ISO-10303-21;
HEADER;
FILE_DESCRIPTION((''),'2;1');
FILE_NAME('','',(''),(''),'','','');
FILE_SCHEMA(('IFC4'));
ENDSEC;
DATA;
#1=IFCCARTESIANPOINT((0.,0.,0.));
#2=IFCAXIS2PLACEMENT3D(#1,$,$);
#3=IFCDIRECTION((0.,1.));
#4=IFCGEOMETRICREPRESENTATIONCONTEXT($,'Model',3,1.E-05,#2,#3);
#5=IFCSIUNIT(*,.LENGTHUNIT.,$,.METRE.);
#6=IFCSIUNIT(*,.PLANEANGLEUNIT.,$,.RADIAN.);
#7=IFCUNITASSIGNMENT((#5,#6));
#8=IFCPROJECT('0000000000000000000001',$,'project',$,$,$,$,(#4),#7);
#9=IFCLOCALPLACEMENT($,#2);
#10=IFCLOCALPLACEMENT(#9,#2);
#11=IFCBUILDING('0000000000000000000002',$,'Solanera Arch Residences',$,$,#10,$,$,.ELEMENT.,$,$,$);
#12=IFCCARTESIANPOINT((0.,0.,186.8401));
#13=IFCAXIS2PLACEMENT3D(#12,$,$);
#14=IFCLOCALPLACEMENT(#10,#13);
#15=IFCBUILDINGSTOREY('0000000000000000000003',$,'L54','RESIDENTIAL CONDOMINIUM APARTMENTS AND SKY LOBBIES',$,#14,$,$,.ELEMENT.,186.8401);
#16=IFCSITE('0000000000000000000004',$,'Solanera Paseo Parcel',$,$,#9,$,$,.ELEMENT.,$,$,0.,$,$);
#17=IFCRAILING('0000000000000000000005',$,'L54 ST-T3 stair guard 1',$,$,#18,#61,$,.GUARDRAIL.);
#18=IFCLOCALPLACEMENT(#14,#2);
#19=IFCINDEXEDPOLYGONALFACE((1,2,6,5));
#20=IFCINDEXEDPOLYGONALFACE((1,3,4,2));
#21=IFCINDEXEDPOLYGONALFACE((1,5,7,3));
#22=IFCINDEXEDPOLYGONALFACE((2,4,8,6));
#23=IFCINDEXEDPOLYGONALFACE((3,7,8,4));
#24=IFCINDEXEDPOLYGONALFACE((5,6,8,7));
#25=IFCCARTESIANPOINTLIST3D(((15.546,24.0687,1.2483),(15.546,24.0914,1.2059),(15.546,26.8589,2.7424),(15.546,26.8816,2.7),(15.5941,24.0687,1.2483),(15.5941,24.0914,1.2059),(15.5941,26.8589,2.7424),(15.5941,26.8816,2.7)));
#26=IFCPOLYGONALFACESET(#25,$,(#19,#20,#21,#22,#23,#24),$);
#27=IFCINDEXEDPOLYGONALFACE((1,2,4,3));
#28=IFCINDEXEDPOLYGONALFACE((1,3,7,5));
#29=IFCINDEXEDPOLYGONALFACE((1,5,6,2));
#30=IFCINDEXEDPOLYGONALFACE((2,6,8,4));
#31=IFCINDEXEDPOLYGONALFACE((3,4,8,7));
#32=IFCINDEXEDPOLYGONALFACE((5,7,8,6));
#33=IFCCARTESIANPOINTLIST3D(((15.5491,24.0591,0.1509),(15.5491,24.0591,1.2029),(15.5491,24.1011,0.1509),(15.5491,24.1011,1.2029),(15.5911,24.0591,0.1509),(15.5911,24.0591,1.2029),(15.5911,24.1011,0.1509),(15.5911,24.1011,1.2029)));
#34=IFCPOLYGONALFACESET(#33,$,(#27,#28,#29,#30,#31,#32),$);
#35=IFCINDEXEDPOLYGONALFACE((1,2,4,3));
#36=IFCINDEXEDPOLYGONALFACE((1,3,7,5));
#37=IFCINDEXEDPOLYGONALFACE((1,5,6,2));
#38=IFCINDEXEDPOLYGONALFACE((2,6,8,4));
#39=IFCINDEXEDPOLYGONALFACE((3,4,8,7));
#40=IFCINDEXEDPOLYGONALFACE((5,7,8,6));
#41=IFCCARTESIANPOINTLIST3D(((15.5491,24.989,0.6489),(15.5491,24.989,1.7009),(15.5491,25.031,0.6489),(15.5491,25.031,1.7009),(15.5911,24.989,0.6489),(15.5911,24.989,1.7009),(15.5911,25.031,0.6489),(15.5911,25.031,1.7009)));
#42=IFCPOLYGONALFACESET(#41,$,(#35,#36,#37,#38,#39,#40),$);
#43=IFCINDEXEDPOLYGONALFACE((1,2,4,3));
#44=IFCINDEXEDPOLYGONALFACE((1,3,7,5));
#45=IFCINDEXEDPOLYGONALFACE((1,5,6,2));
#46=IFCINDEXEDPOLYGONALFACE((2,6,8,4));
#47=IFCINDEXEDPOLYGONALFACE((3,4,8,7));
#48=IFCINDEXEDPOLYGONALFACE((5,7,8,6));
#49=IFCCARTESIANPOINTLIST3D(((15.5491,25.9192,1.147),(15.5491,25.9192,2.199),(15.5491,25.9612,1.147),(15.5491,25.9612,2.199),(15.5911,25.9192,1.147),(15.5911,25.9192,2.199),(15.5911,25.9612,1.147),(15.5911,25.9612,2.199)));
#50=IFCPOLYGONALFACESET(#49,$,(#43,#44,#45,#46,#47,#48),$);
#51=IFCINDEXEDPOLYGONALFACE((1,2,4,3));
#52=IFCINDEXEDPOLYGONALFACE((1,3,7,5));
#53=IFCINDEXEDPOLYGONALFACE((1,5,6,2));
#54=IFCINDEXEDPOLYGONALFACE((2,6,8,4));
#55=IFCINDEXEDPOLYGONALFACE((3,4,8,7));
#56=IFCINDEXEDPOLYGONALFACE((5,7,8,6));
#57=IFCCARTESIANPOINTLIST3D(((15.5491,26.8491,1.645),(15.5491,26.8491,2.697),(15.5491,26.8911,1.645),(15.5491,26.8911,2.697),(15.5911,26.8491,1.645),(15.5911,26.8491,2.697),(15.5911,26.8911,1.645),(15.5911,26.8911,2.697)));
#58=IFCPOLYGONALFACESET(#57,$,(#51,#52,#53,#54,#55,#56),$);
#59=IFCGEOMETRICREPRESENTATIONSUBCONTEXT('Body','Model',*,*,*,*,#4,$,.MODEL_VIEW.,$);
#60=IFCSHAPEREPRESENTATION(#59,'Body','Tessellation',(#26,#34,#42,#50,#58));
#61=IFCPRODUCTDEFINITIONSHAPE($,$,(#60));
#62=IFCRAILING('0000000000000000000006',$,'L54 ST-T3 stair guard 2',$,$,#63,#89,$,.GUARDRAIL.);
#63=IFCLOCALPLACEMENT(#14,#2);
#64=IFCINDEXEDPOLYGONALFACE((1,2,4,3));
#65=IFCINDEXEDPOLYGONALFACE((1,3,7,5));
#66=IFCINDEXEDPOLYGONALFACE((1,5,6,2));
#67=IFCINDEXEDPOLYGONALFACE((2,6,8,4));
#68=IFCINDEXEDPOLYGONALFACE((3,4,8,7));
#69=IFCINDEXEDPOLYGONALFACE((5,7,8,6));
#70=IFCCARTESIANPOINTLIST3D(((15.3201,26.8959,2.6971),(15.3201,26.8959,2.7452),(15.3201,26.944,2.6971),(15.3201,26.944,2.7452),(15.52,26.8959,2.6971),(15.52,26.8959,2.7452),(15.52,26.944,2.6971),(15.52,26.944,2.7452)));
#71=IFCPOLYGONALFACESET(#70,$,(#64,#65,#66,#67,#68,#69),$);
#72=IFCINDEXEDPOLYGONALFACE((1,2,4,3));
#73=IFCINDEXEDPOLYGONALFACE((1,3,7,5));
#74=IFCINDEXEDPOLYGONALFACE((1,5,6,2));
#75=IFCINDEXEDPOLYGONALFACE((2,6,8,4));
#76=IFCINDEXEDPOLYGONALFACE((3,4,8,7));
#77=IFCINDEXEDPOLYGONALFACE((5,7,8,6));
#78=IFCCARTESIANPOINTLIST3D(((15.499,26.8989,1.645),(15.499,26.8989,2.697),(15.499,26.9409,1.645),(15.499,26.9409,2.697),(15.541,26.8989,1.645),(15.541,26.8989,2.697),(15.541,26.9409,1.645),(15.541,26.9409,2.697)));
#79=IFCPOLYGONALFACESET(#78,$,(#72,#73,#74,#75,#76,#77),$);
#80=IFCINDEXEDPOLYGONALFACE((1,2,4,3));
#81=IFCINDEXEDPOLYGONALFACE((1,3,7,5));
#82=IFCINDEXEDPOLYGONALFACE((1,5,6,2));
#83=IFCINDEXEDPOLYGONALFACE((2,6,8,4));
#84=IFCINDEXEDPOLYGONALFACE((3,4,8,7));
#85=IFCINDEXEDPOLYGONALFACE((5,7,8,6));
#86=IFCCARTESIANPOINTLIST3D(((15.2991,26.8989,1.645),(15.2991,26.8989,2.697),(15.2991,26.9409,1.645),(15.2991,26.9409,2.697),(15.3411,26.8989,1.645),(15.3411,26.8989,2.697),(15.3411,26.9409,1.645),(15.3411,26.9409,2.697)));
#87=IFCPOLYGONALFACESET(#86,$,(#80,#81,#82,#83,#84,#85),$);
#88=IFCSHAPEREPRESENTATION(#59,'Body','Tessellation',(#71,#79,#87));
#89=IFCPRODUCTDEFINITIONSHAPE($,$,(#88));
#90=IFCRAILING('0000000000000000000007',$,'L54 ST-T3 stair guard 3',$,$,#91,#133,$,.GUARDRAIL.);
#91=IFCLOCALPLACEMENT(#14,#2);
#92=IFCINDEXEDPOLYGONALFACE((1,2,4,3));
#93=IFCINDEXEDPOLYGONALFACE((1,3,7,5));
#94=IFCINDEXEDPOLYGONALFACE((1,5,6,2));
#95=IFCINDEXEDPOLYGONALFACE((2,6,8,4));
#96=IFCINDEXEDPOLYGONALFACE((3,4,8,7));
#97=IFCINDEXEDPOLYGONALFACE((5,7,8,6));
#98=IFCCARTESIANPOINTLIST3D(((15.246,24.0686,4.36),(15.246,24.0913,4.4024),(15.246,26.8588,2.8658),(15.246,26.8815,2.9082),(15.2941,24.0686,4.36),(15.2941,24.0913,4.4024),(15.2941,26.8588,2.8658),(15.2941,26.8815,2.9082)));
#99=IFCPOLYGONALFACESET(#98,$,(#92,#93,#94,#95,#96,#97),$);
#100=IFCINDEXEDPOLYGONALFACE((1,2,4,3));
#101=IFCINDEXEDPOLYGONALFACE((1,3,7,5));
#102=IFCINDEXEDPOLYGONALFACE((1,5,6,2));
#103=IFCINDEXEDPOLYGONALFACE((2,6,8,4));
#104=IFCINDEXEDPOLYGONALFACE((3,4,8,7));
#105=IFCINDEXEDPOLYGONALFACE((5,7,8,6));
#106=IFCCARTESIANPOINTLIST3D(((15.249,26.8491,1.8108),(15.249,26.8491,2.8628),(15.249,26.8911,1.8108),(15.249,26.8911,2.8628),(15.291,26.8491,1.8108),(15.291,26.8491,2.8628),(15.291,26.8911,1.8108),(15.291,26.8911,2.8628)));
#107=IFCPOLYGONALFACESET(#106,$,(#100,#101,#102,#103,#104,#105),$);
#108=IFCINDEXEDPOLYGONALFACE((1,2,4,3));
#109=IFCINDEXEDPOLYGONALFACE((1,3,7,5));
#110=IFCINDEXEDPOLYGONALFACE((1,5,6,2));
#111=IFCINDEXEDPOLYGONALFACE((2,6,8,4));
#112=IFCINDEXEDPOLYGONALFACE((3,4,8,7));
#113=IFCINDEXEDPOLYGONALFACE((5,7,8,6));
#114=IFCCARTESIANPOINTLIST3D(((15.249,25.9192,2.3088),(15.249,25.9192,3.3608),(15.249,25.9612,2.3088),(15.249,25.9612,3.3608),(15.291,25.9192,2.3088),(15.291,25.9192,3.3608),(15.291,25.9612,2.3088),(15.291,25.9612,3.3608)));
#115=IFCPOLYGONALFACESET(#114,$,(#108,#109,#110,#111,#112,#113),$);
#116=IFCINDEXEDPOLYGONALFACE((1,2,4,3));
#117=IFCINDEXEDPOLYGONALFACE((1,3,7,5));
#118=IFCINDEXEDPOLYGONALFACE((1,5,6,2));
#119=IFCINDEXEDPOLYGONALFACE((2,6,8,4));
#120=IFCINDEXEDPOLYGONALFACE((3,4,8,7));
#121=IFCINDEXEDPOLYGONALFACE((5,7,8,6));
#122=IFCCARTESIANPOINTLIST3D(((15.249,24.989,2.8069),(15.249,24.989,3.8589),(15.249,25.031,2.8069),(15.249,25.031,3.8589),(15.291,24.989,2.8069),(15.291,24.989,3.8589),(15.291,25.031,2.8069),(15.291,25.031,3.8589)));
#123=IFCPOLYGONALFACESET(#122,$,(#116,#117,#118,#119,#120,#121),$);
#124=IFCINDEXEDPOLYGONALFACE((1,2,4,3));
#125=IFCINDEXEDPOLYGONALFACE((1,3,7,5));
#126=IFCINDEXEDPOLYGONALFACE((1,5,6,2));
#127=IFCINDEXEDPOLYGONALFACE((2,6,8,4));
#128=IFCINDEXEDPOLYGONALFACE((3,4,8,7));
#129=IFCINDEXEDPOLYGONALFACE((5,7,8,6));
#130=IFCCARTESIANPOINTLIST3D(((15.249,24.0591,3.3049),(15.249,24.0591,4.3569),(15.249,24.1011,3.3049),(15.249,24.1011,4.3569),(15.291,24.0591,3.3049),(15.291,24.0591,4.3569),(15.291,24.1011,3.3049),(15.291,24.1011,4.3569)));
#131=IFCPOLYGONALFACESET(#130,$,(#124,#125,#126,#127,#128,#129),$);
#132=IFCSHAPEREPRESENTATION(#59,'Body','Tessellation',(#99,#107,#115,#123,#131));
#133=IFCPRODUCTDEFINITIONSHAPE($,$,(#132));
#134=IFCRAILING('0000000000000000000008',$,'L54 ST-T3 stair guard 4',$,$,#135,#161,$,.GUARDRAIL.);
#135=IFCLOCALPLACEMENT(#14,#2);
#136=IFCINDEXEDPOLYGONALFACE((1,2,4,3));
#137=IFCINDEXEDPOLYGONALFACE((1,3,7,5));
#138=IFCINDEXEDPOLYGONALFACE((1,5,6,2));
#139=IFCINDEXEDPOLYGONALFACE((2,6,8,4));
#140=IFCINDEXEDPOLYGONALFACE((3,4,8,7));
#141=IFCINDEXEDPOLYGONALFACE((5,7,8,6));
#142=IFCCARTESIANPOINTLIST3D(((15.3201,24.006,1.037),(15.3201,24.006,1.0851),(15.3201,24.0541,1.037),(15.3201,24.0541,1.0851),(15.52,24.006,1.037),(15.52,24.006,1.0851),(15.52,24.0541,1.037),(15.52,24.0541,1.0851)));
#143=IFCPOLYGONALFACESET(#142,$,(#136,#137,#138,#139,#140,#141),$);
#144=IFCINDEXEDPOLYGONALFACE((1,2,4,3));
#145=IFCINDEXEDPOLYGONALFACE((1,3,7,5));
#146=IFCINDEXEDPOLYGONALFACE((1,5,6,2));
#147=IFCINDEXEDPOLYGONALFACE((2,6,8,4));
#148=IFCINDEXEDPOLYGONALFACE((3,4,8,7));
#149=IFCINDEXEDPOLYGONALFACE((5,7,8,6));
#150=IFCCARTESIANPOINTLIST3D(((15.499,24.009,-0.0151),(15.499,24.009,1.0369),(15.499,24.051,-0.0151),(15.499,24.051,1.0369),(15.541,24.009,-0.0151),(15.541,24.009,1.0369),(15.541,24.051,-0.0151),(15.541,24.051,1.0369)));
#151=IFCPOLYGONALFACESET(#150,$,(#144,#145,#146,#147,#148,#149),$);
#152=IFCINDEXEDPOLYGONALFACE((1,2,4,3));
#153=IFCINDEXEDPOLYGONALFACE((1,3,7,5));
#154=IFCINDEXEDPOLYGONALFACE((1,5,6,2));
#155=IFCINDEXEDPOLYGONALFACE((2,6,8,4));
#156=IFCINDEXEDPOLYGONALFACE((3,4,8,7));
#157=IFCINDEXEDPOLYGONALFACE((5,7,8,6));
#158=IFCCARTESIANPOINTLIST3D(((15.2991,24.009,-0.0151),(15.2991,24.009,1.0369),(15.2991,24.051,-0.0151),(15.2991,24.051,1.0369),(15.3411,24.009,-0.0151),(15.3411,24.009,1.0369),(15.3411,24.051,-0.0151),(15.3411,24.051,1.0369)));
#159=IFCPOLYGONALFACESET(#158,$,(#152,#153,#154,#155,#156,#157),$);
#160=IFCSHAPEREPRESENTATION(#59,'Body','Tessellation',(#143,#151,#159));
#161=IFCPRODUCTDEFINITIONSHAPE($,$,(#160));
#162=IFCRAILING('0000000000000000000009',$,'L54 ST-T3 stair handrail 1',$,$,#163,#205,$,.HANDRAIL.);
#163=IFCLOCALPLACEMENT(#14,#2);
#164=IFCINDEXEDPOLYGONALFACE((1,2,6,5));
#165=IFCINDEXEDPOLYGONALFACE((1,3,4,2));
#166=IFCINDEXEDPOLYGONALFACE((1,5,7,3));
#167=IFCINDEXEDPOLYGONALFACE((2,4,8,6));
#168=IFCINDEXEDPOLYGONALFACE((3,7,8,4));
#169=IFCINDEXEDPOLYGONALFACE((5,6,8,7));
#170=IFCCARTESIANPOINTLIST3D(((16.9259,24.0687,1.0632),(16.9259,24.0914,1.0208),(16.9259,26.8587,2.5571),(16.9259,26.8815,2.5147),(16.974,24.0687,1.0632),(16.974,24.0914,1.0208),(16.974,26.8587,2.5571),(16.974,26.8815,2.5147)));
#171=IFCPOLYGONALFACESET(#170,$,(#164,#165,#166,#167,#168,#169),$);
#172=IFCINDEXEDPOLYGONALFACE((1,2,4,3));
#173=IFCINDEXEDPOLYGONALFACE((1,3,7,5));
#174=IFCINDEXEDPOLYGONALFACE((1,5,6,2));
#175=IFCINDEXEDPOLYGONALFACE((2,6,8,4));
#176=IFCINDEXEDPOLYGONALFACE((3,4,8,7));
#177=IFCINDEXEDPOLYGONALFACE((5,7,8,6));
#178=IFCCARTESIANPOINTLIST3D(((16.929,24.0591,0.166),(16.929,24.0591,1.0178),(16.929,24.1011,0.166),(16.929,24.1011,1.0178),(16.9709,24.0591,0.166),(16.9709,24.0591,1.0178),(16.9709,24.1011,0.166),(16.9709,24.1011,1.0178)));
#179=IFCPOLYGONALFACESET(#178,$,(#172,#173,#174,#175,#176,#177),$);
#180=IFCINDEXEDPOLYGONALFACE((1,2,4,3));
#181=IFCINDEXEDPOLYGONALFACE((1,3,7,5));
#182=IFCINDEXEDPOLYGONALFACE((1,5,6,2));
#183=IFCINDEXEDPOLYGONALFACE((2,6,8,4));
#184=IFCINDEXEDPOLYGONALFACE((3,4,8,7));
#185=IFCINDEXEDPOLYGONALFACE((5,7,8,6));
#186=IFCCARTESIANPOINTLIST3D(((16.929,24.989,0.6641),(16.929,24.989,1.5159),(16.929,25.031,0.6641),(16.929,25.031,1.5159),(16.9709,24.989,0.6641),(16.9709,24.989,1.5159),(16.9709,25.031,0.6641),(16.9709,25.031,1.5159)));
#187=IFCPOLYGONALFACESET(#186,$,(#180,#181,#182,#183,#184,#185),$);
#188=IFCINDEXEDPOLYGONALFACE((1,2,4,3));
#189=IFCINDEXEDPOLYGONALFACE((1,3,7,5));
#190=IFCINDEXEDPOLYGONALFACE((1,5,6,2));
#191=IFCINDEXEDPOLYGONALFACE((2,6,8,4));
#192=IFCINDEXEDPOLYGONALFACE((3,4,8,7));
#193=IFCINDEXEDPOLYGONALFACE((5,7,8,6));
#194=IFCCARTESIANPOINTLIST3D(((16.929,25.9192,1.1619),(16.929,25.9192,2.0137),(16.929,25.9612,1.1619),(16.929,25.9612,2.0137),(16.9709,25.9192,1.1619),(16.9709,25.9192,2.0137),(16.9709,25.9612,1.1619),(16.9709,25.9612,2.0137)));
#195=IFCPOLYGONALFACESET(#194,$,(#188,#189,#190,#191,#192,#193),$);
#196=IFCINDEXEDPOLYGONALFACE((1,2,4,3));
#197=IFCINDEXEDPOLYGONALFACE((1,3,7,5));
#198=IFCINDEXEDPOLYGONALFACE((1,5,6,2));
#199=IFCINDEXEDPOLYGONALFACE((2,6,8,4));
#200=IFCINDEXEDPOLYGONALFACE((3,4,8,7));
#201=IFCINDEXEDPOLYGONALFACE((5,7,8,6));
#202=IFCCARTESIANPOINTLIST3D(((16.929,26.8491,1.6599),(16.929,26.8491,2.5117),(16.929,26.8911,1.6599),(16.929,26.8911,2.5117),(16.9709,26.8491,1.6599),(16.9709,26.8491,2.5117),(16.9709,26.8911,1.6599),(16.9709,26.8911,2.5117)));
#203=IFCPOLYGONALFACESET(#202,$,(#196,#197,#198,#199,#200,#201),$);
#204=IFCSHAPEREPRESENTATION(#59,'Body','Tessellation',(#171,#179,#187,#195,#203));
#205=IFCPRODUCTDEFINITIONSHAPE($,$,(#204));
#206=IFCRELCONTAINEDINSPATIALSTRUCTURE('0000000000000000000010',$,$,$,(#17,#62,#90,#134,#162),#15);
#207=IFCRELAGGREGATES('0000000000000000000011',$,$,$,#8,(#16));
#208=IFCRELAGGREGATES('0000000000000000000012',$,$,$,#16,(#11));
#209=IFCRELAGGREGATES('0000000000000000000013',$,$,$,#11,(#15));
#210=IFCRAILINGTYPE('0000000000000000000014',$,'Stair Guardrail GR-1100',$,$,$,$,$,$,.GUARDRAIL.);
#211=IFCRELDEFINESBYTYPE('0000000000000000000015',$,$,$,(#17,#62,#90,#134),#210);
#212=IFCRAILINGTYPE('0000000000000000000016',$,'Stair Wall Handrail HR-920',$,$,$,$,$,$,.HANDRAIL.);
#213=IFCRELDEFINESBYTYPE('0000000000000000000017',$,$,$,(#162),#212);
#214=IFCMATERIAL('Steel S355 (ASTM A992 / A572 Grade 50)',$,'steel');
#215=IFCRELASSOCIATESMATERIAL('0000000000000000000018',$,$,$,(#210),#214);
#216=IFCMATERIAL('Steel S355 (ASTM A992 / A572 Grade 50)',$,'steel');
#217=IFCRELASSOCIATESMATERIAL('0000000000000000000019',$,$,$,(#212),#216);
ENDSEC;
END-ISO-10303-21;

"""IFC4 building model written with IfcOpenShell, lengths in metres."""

from ifc_helpers import new_model, si_unit, direction, frame, origin, origin_2d, place, context, subcontext, project, spatial, rectangle, extrude, material, type_object, element, save


model = new_model("IFC4")

# Units and contexts
model_context = context("Model", 3, precision=1e-05, world=origin(), true_north=direction((0.0, 1.0)))
body_context = subcontext(model_context, "Body", "Model", "MODEL_VIEW")
ifc_project = project(units=[si_unit("LENGTHUNIT", "METRE"), si_unit("PLANEANGLEUNIT", "RADIAN")], contexts=[model_context])

# Site, building, storey
site_placement = place(None, origin())
site = spatial("IfcSite", under=ifc_project, at=site_placement, Name="Solanera Paseo Parcel", CompositionType="ELEMENT", RefElevation=0.0)
building_placement = place(site_placement, origin())
building = spatial("IfcBuilding", under=site, at=building_placement, Name="Solanera Arch Residences", CompositionType="ELEMENT")
storey_placement = place(building_placement, frame((0.0, 0.0, 186.8401)))
storey = spatial("IfcBuildingStorey", under=building, at=storey_placement, Name="L54", Description="RESIDENTIAL CONDOMINIUM APARTMENTS AND SKY LOBBIES", CompositionType="ELEMENT", Elevation=186.8401)

# Railings
ifc_material_1 = material(Name="Steel S355 (ASTM A992 / A572 Grade 50)", Category="steel")
railing_type_1 = type_object("IfcRailingType", Name="Stair Guardrail GR-1100", PredefinedType="GUARDRAIL", material=ifc_material_1)
railing_1_placement = place(storey_placement, frame((15.5701, 24.0801, 0.1509)))
element("IfcRailing", 1, at=railing_1_placement, inside=storey, type_object=railing_type_1, Name="L54 ST-T3 stair guard 1", PredefinedType="GUARDRAIL", context=body_context, shape_type="SweptSolid", body=[
    extrude(rectangle(XDim=0.0481, YDim=0.0481, at=origin_2d()), frame((0.0, 0.0, 1.0762), z_axis=(0.0, 0.881549, 0.472093), x_axis=(-1.0, 0.0, 0.0)), (0.0, 0.0, 1.0), 3.165),
    extrude(rectangle(XDim=0.042, YDim=0.042, at=origin_2d()), origin(), (0.0, 0.0, 1.0), 1.052),
    extrude(rectangle(XDim=0.042, YDim=0.042, at=origin_2d()), frame((0.0, 0.9299, 0.498)), (0.0, 0.0, 1.0), 1.052),
    extrude(rectangle(XDim=0.042, YDim=0.042, at=origin_2d()), frame((0.0, 1.8601, 0.9961)), (0.0, 0.0, 1.0), 1.052),
    extrude(rectangle(XDim=0.042, YDim=0.042, at=origin_2d()), frame((0.0, 2.79, 1.4941)), (0.0, 0.0, 1.0), 1.052),
])
railing_2_placement = place(storey_placement, frame((15.52, 26.9199, 1.645)))
element("IfcRailing", 2, at=railing_2_placement, inside=storey, type_object=railing_type_1, Name="L54 ST-T3 stair guard 2", PredefinedType="GUARDRAIL", context=body_context, shape_type="SweptSolid", body=[
    extrude(rectangle(XDim=0.0481, YDim=0.0481, at=origin_2d()), frame((0.0, 0.0, 1.0762), z_axis=(-1.0, 0.0, 0.0), x_axis=(0.0, -1.0, 0.0)), (0.0, 0.0, 1.0), 0.2),
    extrude(rectangle(XDim=0.042, YDim=0.042, at=origin_2d()), origin(), (0.0, 0.0, 1.0), 1.052),
    extrude(rectangle(XDim=0.042, YDim=0.042, at=origin_2d()), frame((-0.2, 0.0, 0.0)), (0.0, 0.0, 1.0), 1.052),
])
railing_3_placement = place(storey_placement, frame((15.27, 26.8701, 1.8108)))
element("IfcRailing", 3, at=railing_3_placement, inside=storey, type_object=railing_type_1, Name="L54 ST-T3 stair guard 3", PredefinedType="GUARDRAIL", context=body_context, shape_type="SweptSolid", body=[
    extrude(rectangle(XDim=0.0481, YDim=0.0481, at=origin_2d()), frame((0.0, 0.0, 1.0762), z_axis=(0.0, -0.881549, 0.472093), x_axis=(1.0, 0.0, 0.0)), (0.0, 0.0, 1.0), 3.165),
    extrude(rectangle(XDim=0.042, YDim=0.042, at=origin_2d()), origin(), (0.0, 0.0, 1.0), 1.052),
    extrude(rectangle(XDim=0.042, YDim=0.042, at=origin_2d()), frame((0.0, -0.9299, 0.498)), (0.0, 0.0, 1.0), 1.052),
    extrude(rectangle(XDim=0.042, YDim=0.042, at=origin_2d()), frame((0.0, -1.8601, 0.9961)), (0.0, 0.0, 1.0), 1.052),
    extrude(rectangle(XDim=0.042, YDim=0.042, at=origin_2d()), frame((0.0, -2.79, 1.4941)), (0.0, 0.0, 1.0), 1.052),
])
railing_4_placement = place(storey_placement, frame((15.52, 24.03, -0.0151)))
element("IfcRailing", 4, at=railing_4_placement, inside=storey, type_object=railing_type_1, Name="L54 ST-T3 stair guard 4", PredefinedType="GUARDRAIL", context=body_context, shape_type="SweptSolid", body=[
    extrude(rectangle(XDim=0.0481, YDim=0.0481, at=origin_2d()), frame((0.0, 0.0, 1.0762), z_axis=(-1.0, 0.0, 0.0), x_axis=(0.0, -1.0, 0.0)), (0.0, 0.0, 1.0), 0.2),
    extrude(rectangle(XDim=0.042, YDim=0.042, at=origin_2d()), origin(), (0.0, 0.0, 1.0), 1.052),
    extrude(rectangle(XDim=0.042, YDim=0.042, at=origin_2d()), frame((-0.2, 0.0, 0.0)), (0.0, 0.0, 1.0), 1.052),
])
ifc_material_2 = material(Name="Steel S355 (ASTM A992 / A572 Grade 50)", Category="steel")
railing_type_2 = type_object("IfcRailingType", Name="Stair Wall Handrail HR-920", PredefinedType="HANDRAIL", material=ifc_material_2)
railing_5_placement = place(storey_placement, frame((16.95, 24.0801, 0.166)))
element("IfcRailing", 5, at=railing_5_placement, inside=storey, type_object=railing_type_2, Name="L54 ST-T3 stair handrail 1", PredefinedType="HANDRAIL", context=body_context, shape_type="SweptSolid", body=[
    extrude(rectangle(XDim=0.0481, YDim=0.0481, at=origin_2d()), frame((0.0, 0.0, 0.876), z_axis=(0.0, 0.881581, 0.472033), x_axis=(-1.0, 0.0, 0.0)), (0.0, 0.0, 1.0), 3.1648),
    extrude(rectangle(XDim=0.042, YDim=0.042, at=origin_2d()), origin(), (0.0, 0.0, 1.0), 0.8518),
    extrude(rectangle(XDim=0.042, YDim=0.042, at=origin_2d()), frame((0.0, 0.9299, 0.498)), (0.0, 0.0, 1.0), 0.8518),
    extrude(rectangle(XDim=0.042, YDim=0.042, at=origin_2d()), frame((0.0, 1.8601, 0.9958)), (0.0, 0.0, 1.0), 0.8518),
    extrude(rectangle(XDim=0.042, YDim=0.042, at=origin_2d()), frame((0.0, 2.79, 1.4939)), (0.0, 0.0, 1.0), 0.8518),
])

save(model, "model.ifc")
